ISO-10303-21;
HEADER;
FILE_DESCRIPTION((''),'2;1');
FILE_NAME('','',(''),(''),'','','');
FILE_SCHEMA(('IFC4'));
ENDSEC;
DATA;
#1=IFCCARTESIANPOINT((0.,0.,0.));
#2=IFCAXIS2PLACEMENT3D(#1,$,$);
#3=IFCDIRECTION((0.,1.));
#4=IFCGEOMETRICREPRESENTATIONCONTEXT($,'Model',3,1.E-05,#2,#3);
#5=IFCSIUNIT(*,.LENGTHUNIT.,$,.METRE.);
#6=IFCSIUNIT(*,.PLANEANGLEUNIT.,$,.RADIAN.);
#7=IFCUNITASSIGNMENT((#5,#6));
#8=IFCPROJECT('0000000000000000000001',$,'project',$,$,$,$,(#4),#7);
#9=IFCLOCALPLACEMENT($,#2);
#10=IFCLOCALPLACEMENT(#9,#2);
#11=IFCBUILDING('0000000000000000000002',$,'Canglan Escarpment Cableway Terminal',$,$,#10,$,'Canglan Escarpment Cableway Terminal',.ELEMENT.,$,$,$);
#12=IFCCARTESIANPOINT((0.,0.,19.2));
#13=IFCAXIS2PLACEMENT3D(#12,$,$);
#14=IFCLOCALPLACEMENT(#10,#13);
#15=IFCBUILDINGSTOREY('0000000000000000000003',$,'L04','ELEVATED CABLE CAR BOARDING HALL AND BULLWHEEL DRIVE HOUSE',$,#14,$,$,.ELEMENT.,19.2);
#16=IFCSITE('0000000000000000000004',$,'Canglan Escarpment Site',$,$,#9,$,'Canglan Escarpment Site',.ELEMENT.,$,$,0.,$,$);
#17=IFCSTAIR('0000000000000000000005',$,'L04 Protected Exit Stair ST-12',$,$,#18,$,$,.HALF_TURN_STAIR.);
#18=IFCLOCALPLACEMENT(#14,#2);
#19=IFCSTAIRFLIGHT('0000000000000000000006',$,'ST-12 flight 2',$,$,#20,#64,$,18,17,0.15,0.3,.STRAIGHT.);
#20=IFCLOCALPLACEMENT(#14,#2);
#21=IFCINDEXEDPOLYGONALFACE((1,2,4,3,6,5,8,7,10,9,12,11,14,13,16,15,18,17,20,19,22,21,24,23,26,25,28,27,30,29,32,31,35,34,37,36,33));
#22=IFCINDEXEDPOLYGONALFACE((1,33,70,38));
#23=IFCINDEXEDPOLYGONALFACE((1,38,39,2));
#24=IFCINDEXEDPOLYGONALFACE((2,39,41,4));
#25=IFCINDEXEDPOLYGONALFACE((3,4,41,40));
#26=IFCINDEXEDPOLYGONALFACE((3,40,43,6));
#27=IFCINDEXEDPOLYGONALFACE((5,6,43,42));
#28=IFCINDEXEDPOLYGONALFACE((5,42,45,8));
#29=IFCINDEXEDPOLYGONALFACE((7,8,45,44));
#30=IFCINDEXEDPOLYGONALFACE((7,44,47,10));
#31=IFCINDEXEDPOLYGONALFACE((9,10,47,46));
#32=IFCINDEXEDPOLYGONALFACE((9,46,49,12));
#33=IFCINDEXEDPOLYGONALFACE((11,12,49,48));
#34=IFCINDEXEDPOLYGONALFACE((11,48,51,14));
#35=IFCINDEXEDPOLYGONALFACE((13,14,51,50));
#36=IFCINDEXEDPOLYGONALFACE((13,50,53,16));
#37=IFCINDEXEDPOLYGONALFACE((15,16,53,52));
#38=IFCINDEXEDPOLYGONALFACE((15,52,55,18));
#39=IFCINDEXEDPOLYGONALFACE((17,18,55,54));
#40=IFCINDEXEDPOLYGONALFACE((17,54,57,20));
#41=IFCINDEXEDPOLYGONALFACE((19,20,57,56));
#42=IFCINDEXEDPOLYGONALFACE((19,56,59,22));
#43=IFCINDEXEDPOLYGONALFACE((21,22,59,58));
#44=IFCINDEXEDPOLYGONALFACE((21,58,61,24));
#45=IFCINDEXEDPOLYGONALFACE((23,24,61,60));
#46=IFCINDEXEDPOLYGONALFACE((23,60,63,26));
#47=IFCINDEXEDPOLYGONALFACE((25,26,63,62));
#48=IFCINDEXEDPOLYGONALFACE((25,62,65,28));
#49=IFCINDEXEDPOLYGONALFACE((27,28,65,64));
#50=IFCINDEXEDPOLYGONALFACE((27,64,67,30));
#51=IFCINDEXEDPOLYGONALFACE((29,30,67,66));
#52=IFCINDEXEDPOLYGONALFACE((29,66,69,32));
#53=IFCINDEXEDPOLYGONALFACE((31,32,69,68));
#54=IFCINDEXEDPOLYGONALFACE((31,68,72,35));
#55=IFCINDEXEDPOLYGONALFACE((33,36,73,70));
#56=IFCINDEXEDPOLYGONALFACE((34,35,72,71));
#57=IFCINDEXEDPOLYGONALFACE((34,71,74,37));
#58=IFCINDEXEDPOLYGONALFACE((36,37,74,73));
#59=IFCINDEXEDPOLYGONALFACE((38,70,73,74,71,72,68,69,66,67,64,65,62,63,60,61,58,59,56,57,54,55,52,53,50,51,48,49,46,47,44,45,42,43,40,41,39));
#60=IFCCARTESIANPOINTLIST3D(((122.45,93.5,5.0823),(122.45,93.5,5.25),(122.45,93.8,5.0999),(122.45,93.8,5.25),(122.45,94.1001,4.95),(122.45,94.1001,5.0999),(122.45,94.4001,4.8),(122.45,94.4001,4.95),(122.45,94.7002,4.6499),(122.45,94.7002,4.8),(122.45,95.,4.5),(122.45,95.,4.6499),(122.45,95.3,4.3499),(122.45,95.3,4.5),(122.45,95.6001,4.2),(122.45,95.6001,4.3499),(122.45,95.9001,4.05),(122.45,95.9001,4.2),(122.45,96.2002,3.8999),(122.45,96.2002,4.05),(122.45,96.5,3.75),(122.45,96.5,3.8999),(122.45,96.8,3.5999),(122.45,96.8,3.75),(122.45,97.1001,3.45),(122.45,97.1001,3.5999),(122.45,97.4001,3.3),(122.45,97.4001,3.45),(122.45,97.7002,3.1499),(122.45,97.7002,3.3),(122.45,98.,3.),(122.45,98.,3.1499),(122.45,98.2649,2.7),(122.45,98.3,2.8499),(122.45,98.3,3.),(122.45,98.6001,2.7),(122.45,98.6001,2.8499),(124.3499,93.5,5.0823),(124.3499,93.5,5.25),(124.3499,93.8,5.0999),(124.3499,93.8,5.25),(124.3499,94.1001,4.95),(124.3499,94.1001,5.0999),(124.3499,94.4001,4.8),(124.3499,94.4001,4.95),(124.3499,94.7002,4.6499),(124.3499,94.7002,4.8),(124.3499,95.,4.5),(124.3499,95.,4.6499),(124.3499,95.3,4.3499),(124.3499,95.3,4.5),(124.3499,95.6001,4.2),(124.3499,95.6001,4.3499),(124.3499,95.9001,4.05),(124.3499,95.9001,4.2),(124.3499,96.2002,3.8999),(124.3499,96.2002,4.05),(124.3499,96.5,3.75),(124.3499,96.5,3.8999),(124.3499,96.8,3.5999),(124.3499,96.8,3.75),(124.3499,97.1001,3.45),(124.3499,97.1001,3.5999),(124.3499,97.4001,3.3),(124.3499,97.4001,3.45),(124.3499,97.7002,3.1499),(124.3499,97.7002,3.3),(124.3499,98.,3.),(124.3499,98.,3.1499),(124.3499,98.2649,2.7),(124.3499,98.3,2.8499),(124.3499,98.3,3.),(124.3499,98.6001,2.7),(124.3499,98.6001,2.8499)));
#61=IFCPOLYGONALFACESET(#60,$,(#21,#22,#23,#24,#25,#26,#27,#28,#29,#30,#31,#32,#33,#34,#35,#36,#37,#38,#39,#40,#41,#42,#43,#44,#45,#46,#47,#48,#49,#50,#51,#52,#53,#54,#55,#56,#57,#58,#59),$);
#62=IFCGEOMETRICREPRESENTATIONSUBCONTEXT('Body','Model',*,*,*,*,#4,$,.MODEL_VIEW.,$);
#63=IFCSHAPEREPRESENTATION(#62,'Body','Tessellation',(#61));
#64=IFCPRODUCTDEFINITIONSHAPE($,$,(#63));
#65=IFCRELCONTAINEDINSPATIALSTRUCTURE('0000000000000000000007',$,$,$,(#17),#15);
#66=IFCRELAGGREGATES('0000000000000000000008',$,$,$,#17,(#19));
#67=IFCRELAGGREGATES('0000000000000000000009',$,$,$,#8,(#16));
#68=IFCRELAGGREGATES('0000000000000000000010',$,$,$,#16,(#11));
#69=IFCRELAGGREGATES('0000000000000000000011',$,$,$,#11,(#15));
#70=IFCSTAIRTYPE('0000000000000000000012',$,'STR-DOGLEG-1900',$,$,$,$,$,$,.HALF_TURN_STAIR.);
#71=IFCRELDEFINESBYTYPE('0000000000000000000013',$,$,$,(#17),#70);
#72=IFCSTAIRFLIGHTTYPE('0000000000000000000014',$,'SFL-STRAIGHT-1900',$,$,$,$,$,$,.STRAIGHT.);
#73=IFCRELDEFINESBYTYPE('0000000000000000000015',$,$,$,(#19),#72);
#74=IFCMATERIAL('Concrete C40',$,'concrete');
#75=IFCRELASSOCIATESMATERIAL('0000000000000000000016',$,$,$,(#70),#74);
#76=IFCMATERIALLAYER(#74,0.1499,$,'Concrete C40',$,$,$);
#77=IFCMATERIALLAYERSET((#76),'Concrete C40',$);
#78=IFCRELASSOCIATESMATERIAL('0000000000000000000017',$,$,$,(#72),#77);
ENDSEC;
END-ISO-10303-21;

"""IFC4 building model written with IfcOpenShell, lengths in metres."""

from ifc_helpers import new_model, si_unit, direction, frame, origin, place, context, subcontext, project, spatial, polyline, outline, extrude, material, layer, layer_set, type_object, element, aggregate, save


model = new_model("IFC4")

# Units and contexts
model_context = context("Model", 3, precision=1e-05, world=origin(), true_north=direction((0.0, 1.0)))
body_context = subcontext(model_context, "Body", "Model", "MODEL_VIEW")
ifc_project = project(units=[si_unit("LENGTHUNIT", "METRE"), si_unit("PLANEANGLEUNIT", "RADIAN")], contexts=[model_context])

# Site, building, storey
site_placement = place(None, origin())
site = spatial("IfcSite", under=ifc_project, at=site_placement, Name="Canglan Escarpment Site", LongName="Canglan Escarpment Site", CompositionType="ELEMENT", RefElevation=0.0)
building_placement = place(site_placement, origin())
building = spatial("IfcBuilding", under=site, at=building_placement, Name="Canglan Escarpment Cableway Terminal", LongName="Canglan Escarpment Cableway Terminal", CompositionType="ELEMENT")
storey_placement = place(building_placement, frame((0.0, 0.0, 19.2)))
storey = spatial("IfcBuildingStorey", under=building, at=storey_placement, Name="L04", Description="ELEVATED CABLE CAR BOARDING HALL AND BULLWHEEL DRIVE HOUSE", CompositionType="ELEMENT", Elevation=19.2)

# Shared definitions
ifc_material_1 = material(Name="Concrete C40", Category="concrete")

# Stair, stair flight
stair_type = type_object("IfcStairType", Name="STR-DOGLEG-1900", PredefinedType="HALF_TURN_STAIR", material=ifc_material_1)
stair_placement = place(storey_placement, origin())
stair = element("IfcStair", 1, at=stair_placement, inside=storey, type_object=stair_type, Name="L04 Protected Exit Stair ST-12", PredefinedType="HALF_TURN_STAIR")
ifc_layer_1 = layer(ifc_material_1, 0.1499, Name="Concrete C40")
ifc_layer_set_1 = layer_set([ifc_layer_1], Name="Concrete C40")
stair_flight_type = type_object("IfcStairFlightType", Name="SFL-STRAIGHT-1900", PredefinedType="STRAIGHT", material=ifc_layer_set_1)
stair_flight_1_placement = place(storey_placement, frame((123.3999, 98.6001, 2.7), z_axis=(0.0, 0.0, 1.0), x_axis=(0.0, -1.0, 0.0)))
stair_flight_1 = element("IfcStairFlight", 2, at=stair_flight_1_placement, type_object=stair_flight_type, Name="ST-12 flight 2", NumberOfRisers=18, NumberOfTreads=17, PredefinedType="STRAIGHT", RiserHeight=0.15, TreadLength=0.3, context=body_context, shape_type="SweptSolid", body=[
    extrude(outline(polyline([(0.0, 0.0), (0.0, 0.1499), (0.3, 0.1499), (0.3, 0.3), (0.6001, 0.3), (0.6001, 0.45), (0.8999, 0.45), (0.8999, 0.6001), (1.2, 0.6001), (1.2, 0.75), (1.5, 0.75), (1.5, 0.8999), (1.8, 0.8999), (1.8, 1.05), (2.1001, 1.05), (2.1001, 1.2), (2.3999, 1.2), (2.3999, 1.3501), (2.7, 1.3501), (2.7, 1.5), (3.0, 1.5), (3.0, 1.6499), (3.3, 1.6499), (3.3, 1.8), (3.6001, 1.8), (3.6001, 1.95), (3.8999, 1.95), (3.8999, 2.1001), (4.2, 2.1001), (4.2, 2.25), (4.5, 2.25), (4.5, 2.3999), (4.8, 2.3999), (4.8, 2.55), (5.1001, 2.55), (5.1001, 2.7), (5.1001, 2.3823), (0.3352, 0.0), (0.0, 0.0)])), frame((0.0, 0.95, 0.0), z_axis=(0.0, -1.0, 0.0), x_axis=(1.0, 0.0, 0.0)), (0.0, 0.0, 1.0), 1.8999),
])
aggregate(stair, [stair_flight_1])

save(model, "model.ifc")
